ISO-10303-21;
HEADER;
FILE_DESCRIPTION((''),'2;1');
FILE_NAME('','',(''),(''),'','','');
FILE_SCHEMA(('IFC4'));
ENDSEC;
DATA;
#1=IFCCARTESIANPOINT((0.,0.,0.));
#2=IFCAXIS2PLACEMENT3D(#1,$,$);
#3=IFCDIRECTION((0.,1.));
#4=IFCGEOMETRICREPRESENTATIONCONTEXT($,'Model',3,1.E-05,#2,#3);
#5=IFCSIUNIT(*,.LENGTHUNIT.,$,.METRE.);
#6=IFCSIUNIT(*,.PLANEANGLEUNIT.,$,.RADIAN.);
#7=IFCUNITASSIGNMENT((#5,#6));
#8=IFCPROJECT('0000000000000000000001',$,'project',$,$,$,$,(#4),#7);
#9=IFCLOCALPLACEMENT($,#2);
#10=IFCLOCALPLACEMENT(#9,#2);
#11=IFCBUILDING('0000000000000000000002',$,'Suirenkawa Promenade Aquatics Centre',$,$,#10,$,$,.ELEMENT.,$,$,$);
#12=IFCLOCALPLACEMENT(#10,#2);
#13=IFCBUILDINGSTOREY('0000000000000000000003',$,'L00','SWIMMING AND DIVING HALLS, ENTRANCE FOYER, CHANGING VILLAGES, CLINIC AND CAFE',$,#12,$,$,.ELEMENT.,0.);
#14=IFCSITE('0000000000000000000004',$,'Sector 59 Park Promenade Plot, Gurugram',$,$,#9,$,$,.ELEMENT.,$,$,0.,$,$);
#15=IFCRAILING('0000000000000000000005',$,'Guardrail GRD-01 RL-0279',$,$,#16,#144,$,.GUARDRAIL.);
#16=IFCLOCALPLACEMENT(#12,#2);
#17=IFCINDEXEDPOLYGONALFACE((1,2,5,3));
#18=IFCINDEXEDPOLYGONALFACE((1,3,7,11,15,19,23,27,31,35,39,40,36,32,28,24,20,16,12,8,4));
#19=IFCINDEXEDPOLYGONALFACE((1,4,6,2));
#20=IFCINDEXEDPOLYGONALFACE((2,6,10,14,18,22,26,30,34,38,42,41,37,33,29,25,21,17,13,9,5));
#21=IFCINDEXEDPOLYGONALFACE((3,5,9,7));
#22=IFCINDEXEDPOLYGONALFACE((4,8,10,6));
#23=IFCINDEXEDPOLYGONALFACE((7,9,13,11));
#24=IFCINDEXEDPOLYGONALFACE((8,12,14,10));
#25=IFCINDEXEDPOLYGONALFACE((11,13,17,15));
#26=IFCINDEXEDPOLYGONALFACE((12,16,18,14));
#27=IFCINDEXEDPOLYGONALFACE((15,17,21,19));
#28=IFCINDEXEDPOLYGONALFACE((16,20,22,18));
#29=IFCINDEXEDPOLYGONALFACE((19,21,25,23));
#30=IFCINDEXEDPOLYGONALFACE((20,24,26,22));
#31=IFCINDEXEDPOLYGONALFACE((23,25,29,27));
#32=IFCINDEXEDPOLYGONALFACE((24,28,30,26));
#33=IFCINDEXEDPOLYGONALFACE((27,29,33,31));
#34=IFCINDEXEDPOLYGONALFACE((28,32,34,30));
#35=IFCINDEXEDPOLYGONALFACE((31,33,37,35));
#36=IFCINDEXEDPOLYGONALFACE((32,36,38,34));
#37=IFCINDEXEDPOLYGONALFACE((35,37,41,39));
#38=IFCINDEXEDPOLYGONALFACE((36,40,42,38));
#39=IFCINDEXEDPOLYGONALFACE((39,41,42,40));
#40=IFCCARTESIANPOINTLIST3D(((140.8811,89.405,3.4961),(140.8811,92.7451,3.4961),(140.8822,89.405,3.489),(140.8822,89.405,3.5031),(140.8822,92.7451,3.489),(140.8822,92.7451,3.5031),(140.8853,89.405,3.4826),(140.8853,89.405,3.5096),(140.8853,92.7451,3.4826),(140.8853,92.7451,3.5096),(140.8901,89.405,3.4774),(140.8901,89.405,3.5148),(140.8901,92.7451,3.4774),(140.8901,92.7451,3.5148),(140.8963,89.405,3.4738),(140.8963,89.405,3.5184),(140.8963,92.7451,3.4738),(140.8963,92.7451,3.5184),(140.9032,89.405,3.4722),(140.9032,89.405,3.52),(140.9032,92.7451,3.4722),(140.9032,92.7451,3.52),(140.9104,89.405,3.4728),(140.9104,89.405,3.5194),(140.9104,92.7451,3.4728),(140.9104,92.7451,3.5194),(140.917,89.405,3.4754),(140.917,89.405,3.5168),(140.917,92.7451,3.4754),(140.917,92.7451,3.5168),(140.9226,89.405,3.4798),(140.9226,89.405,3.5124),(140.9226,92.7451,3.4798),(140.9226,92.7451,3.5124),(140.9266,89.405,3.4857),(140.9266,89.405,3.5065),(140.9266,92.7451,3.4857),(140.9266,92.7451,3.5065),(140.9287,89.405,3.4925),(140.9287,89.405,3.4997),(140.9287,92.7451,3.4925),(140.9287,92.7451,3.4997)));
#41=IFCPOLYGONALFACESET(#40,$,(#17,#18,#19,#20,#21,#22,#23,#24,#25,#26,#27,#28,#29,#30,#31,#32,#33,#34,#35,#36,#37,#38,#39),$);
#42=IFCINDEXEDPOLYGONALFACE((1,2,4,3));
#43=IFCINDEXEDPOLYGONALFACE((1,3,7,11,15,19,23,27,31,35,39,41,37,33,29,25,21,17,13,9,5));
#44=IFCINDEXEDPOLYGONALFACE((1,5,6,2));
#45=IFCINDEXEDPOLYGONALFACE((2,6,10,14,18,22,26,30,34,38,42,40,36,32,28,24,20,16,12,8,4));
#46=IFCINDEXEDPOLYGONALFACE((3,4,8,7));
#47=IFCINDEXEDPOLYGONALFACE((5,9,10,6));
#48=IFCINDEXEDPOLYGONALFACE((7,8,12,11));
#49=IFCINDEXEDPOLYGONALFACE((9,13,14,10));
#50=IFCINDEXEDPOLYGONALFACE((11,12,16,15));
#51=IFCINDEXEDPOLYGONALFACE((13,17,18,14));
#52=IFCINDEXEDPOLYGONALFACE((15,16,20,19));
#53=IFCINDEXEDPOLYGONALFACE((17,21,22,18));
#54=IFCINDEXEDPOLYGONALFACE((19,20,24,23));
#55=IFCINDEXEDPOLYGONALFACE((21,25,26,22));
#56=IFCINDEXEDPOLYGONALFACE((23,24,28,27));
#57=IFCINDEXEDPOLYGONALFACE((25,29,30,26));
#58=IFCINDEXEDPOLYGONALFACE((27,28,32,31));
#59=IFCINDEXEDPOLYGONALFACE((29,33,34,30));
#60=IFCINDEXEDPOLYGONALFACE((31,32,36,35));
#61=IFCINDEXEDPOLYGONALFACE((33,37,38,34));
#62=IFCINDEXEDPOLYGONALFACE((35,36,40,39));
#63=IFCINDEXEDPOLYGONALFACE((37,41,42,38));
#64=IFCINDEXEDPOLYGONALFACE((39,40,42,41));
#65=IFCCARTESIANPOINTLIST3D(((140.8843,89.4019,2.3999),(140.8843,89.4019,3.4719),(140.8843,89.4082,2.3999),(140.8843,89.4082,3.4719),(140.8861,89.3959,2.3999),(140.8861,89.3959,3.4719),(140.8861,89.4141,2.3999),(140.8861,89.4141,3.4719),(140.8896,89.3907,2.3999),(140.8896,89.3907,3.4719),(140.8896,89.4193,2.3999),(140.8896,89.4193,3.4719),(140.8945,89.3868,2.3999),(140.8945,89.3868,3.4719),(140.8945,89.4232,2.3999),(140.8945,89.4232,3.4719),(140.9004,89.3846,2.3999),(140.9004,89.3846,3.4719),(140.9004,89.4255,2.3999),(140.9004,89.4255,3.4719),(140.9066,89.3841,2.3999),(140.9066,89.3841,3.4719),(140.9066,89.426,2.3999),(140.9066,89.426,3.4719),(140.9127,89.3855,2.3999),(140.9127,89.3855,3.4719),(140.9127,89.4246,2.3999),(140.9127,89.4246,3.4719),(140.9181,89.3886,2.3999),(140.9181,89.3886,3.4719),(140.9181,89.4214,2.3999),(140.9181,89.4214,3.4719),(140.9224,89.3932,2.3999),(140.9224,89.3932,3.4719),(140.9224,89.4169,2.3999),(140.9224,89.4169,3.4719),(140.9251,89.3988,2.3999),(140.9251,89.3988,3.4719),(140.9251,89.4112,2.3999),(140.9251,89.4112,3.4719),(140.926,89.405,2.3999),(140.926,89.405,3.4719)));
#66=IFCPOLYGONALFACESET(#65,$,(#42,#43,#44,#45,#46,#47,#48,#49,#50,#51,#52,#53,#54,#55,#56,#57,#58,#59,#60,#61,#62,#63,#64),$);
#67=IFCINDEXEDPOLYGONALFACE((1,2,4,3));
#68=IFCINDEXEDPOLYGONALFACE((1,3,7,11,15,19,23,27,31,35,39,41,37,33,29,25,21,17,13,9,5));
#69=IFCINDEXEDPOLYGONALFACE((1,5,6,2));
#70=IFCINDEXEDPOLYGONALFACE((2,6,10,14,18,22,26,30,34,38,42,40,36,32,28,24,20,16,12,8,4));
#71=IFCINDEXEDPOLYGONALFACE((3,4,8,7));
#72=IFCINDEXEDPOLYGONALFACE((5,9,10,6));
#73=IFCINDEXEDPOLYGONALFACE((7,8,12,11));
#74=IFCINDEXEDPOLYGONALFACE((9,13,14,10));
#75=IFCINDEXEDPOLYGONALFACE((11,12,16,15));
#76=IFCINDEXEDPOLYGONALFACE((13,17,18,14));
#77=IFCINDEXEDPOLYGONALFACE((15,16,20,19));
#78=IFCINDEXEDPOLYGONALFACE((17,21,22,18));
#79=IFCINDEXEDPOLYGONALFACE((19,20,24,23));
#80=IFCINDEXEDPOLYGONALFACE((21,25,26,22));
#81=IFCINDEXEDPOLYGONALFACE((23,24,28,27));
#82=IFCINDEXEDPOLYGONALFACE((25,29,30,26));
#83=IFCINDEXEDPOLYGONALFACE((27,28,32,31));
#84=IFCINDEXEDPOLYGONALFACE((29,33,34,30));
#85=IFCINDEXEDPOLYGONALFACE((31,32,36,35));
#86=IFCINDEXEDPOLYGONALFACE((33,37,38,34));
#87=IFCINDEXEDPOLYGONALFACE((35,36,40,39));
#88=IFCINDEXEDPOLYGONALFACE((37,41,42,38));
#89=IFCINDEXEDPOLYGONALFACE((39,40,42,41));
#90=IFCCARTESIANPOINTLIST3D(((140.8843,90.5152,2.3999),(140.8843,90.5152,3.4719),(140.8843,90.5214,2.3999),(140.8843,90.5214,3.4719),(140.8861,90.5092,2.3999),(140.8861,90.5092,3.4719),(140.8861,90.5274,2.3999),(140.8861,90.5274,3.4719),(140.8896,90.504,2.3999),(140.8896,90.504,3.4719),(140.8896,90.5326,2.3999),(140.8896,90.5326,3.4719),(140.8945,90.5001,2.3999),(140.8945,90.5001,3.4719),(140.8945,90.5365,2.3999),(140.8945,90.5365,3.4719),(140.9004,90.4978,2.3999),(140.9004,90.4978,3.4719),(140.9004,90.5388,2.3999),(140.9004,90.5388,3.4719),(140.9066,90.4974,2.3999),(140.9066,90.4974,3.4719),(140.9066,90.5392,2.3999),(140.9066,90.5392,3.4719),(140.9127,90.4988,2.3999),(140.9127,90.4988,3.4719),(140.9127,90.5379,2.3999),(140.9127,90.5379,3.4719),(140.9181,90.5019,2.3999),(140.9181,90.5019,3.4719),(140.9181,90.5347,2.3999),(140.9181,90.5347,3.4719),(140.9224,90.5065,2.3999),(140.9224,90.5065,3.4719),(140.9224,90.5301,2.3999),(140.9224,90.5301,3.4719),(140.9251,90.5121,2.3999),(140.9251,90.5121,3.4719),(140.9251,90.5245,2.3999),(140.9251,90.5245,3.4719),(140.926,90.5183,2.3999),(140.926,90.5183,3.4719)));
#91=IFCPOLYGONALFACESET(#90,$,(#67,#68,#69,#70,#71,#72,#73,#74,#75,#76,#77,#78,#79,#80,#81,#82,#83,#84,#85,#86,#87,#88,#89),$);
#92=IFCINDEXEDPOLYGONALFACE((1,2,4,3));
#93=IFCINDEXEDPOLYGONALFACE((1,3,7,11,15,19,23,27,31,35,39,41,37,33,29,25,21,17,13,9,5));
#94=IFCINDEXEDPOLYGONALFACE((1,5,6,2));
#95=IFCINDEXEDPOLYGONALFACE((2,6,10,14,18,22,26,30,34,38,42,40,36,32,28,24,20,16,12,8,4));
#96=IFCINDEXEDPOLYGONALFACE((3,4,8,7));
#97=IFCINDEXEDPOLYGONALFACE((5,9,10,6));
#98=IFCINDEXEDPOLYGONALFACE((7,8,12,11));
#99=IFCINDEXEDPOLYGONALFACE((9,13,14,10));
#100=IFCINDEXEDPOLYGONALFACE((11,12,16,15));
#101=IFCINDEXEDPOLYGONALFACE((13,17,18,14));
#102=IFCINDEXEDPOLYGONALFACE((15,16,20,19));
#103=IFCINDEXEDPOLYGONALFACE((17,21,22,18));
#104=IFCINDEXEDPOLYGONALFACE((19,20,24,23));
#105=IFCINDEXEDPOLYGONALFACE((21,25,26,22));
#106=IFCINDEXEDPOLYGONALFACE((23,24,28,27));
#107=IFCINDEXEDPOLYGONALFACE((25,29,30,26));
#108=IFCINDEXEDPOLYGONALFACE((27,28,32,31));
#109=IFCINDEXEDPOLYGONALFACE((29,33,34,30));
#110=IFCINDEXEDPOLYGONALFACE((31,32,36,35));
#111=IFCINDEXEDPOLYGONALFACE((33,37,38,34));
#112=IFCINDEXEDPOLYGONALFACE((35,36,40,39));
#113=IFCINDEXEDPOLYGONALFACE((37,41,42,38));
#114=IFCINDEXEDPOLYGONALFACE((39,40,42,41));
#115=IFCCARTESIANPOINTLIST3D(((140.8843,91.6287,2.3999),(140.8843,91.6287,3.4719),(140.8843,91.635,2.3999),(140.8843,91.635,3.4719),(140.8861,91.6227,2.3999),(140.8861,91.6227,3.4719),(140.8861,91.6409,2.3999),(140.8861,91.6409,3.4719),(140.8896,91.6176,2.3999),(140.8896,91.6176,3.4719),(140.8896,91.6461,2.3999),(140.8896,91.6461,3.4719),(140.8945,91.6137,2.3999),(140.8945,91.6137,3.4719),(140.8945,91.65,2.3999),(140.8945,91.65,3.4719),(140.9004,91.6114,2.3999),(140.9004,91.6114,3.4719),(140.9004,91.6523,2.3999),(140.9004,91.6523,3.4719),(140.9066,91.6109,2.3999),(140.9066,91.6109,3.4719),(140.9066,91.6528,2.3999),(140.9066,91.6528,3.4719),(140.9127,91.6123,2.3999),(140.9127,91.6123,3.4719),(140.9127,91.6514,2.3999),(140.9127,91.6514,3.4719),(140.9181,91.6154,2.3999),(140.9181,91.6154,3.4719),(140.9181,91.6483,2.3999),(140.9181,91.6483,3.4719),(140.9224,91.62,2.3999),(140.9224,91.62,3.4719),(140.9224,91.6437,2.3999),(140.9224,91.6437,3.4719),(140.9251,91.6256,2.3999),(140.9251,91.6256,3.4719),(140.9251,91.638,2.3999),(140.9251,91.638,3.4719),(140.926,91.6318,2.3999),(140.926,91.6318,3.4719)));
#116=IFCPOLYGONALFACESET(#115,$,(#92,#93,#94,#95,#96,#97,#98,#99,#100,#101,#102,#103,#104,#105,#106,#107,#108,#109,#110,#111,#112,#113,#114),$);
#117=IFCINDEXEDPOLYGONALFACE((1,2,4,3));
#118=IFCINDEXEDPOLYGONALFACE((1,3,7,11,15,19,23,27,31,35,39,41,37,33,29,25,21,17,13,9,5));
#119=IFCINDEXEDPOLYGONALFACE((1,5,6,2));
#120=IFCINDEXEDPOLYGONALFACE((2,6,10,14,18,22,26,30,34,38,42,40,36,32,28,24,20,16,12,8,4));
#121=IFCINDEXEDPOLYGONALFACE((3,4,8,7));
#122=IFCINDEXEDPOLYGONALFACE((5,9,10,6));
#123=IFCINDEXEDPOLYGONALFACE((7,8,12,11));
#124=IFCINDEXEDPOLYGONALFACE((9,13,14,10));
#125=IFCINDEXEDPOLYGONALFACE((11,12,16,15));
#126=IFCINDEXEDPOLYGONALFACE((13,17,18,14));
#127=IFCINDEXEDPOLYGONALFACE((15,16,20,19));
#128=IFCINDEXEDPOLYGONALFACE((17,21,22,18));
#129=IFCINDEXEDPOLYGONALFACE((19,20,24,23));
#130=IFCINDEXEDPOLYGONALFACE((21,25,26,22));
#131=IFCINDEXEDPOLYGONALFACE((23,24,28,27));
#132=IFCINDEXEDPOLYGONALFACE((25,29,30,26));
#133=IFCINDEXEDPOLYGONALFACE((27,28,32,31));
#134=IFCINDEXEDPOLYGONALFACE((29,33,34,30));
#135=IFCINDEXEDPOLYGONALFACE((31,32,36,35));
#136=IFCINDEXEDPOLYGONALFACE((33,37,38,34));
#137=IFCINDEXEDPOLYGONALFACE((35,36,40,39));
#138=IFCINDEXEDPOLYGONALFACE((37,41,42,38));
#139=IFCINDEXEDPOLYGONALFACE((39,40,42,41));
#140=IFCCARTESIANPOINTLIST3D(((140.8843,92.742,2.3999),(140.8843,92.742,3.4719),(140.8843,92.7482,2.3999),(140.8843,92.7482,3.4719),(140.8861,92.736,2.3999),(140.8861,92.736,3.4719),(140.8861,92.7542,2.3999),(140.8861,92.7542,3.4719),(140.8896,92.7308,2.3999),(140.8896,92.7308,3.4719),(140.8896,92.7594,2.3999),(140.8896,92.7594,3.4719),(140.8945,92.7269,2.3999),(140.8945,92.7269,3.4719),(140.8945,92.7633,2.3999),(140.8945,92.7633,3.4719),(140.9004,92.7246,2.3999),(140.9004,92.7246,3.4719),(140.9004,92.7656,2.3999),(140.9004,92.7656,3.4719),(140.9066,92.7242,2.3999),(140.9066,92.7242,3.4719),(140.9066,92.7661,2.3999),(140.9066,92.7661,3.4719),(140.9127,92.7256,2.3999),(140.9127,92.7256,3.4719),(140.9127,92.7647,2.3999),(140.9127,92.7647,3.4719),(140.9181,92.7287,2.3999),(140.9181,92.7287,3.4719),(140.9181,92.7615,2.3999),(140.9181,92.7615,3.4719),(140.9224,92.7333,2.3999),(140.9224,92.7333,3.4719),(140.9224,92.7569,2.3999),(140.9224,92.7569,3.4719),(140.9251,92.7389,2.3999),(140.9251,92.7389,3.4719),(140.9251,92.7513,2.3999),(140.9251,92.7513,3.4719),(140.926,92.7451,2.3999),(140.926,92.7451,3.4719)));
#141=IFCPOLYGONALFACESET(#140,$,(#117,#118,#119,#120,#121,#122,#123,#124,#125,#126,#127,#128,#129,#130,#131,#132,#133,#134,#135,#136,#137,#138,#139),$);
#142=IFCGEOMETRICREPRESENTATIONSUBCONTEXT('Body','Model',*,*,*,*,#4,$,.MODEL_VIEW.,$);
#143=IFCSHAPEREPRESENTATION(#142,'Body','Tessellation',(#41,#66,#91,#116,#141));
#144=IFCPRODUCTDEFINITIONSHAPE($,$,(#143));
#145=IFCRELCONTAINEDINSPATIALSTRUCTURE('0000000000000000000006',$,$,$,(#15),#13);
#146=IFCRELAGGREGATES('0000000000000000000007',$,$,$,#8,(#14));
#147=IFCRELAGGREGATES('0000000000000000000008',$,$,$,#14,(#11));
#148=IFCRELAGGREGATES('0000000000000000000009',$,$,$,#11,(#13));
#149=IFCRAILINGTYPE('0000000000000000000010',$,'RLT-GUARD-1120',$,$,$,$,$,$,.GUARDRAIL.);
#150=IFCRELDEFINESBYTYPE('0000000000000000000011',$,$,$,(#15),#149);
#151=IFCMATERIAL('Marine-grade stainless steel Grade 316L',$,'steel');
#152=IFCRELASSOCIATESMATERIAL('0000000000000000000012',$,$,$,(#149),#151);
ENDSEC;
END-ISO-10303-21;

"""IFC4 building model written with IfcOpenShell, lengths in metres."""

from ifc_helpers import new_model, si_unit, direction, frame, origin, origin_2d, place, context, subcontext, project, spatial, circle, extrude, material, type_object, element, save


model = new_model("IFC4")

# Units and contexts
model_context = context("Model", 3, precision=1e-05, world=origin(), true_north=direction((0.0, 1.0)))
body_context = subcontext(model_context, "Body", "Model", "MODEL_VIEW")
ifc_project = project(units=[si_unit("LENGTHUNIT", "METRE"), si_unit("PLANEANGLEUNIT", "RADIAN")], contexts=[model_context])

# Site, building, storey
site_placement = place(None, origin())
site = spatial("IfcSite", under=ifc_project, at=site_placement, Name="Sector 59 Park Promenade Plot, Gurugram", CompositionType="ELEMENT", RefElevation=0.0)
building_placement = place(site_placement, origin())
building = spatial("IfcBuilding", under=site, at=building_placement, Name="Suirenkawa Promenade Aquatics Centre", CompositionType="ELEMENT")
storey_placement = place(building_placement, origin())
storey = spatial("IfcBuildingStorey", under=building, at=storey_placement, Name="L00", Description="SWIMMING AND DIVING HALLS, ENTRANCE FOYER, CHANGING VILLAGES, CLINIC AND CAFE", CompositionType="ELEMENT", Elevation=0.0)

# Railing
ifc_material_1 = material(Name="Marine-grade stainless steel Grade 316L", Category="steel")
railing_type_1 = type_object("IfcRailingType", Name="RLT-GUARD-1120", PredefinedType="GUARDRAIL", material=ifc_material_1)
for number, where, name in (
    (1, (140.905, 89.405, 2.3999), "Guardrail GRD-01 RL-0279"),
):
    element("IfcRailing", number, at=place(storey_placement, frame(where)), inside=storey, type_object=railing_type_1, Name=name, PredefinedType="GUARDRAIL", context=body_context, shape_type="SweptSolid", body=[
        extrude(circle(Radius=0.0239, at=origin_2d()), frame((0.0, 0.0, 1.0962), z_axis=(0.0, 1.0, 0.0), x_axis=(-1.0, 0.0, 0.0)), (0.0, 0.0, 1.0), 3.3401),
        extrude(circle(Radius=0.021, at=origin_2d()), origin(), (0.0, 0.0, 1.0), 1.072),
        extrude(circle(Radius=0.021, at=origin_2d()), frame((0.0, 1.1133, 0.0)), (0.0, 0.0, 1.0), 1.072),
        extrude(circle(Radius=0.021, at=origin_2d()), frame((0.0, 2.2268, 0.0)), (0.0, 0.0, 1.0), 1.072),
        extrude(circle(Radius=0.021, at=origin_2d()), frame((0.0, 3.3401, 0.0)), (0.0, 0.0, 1.0), 1.072),
    ])

save(model, "model.ifc")
